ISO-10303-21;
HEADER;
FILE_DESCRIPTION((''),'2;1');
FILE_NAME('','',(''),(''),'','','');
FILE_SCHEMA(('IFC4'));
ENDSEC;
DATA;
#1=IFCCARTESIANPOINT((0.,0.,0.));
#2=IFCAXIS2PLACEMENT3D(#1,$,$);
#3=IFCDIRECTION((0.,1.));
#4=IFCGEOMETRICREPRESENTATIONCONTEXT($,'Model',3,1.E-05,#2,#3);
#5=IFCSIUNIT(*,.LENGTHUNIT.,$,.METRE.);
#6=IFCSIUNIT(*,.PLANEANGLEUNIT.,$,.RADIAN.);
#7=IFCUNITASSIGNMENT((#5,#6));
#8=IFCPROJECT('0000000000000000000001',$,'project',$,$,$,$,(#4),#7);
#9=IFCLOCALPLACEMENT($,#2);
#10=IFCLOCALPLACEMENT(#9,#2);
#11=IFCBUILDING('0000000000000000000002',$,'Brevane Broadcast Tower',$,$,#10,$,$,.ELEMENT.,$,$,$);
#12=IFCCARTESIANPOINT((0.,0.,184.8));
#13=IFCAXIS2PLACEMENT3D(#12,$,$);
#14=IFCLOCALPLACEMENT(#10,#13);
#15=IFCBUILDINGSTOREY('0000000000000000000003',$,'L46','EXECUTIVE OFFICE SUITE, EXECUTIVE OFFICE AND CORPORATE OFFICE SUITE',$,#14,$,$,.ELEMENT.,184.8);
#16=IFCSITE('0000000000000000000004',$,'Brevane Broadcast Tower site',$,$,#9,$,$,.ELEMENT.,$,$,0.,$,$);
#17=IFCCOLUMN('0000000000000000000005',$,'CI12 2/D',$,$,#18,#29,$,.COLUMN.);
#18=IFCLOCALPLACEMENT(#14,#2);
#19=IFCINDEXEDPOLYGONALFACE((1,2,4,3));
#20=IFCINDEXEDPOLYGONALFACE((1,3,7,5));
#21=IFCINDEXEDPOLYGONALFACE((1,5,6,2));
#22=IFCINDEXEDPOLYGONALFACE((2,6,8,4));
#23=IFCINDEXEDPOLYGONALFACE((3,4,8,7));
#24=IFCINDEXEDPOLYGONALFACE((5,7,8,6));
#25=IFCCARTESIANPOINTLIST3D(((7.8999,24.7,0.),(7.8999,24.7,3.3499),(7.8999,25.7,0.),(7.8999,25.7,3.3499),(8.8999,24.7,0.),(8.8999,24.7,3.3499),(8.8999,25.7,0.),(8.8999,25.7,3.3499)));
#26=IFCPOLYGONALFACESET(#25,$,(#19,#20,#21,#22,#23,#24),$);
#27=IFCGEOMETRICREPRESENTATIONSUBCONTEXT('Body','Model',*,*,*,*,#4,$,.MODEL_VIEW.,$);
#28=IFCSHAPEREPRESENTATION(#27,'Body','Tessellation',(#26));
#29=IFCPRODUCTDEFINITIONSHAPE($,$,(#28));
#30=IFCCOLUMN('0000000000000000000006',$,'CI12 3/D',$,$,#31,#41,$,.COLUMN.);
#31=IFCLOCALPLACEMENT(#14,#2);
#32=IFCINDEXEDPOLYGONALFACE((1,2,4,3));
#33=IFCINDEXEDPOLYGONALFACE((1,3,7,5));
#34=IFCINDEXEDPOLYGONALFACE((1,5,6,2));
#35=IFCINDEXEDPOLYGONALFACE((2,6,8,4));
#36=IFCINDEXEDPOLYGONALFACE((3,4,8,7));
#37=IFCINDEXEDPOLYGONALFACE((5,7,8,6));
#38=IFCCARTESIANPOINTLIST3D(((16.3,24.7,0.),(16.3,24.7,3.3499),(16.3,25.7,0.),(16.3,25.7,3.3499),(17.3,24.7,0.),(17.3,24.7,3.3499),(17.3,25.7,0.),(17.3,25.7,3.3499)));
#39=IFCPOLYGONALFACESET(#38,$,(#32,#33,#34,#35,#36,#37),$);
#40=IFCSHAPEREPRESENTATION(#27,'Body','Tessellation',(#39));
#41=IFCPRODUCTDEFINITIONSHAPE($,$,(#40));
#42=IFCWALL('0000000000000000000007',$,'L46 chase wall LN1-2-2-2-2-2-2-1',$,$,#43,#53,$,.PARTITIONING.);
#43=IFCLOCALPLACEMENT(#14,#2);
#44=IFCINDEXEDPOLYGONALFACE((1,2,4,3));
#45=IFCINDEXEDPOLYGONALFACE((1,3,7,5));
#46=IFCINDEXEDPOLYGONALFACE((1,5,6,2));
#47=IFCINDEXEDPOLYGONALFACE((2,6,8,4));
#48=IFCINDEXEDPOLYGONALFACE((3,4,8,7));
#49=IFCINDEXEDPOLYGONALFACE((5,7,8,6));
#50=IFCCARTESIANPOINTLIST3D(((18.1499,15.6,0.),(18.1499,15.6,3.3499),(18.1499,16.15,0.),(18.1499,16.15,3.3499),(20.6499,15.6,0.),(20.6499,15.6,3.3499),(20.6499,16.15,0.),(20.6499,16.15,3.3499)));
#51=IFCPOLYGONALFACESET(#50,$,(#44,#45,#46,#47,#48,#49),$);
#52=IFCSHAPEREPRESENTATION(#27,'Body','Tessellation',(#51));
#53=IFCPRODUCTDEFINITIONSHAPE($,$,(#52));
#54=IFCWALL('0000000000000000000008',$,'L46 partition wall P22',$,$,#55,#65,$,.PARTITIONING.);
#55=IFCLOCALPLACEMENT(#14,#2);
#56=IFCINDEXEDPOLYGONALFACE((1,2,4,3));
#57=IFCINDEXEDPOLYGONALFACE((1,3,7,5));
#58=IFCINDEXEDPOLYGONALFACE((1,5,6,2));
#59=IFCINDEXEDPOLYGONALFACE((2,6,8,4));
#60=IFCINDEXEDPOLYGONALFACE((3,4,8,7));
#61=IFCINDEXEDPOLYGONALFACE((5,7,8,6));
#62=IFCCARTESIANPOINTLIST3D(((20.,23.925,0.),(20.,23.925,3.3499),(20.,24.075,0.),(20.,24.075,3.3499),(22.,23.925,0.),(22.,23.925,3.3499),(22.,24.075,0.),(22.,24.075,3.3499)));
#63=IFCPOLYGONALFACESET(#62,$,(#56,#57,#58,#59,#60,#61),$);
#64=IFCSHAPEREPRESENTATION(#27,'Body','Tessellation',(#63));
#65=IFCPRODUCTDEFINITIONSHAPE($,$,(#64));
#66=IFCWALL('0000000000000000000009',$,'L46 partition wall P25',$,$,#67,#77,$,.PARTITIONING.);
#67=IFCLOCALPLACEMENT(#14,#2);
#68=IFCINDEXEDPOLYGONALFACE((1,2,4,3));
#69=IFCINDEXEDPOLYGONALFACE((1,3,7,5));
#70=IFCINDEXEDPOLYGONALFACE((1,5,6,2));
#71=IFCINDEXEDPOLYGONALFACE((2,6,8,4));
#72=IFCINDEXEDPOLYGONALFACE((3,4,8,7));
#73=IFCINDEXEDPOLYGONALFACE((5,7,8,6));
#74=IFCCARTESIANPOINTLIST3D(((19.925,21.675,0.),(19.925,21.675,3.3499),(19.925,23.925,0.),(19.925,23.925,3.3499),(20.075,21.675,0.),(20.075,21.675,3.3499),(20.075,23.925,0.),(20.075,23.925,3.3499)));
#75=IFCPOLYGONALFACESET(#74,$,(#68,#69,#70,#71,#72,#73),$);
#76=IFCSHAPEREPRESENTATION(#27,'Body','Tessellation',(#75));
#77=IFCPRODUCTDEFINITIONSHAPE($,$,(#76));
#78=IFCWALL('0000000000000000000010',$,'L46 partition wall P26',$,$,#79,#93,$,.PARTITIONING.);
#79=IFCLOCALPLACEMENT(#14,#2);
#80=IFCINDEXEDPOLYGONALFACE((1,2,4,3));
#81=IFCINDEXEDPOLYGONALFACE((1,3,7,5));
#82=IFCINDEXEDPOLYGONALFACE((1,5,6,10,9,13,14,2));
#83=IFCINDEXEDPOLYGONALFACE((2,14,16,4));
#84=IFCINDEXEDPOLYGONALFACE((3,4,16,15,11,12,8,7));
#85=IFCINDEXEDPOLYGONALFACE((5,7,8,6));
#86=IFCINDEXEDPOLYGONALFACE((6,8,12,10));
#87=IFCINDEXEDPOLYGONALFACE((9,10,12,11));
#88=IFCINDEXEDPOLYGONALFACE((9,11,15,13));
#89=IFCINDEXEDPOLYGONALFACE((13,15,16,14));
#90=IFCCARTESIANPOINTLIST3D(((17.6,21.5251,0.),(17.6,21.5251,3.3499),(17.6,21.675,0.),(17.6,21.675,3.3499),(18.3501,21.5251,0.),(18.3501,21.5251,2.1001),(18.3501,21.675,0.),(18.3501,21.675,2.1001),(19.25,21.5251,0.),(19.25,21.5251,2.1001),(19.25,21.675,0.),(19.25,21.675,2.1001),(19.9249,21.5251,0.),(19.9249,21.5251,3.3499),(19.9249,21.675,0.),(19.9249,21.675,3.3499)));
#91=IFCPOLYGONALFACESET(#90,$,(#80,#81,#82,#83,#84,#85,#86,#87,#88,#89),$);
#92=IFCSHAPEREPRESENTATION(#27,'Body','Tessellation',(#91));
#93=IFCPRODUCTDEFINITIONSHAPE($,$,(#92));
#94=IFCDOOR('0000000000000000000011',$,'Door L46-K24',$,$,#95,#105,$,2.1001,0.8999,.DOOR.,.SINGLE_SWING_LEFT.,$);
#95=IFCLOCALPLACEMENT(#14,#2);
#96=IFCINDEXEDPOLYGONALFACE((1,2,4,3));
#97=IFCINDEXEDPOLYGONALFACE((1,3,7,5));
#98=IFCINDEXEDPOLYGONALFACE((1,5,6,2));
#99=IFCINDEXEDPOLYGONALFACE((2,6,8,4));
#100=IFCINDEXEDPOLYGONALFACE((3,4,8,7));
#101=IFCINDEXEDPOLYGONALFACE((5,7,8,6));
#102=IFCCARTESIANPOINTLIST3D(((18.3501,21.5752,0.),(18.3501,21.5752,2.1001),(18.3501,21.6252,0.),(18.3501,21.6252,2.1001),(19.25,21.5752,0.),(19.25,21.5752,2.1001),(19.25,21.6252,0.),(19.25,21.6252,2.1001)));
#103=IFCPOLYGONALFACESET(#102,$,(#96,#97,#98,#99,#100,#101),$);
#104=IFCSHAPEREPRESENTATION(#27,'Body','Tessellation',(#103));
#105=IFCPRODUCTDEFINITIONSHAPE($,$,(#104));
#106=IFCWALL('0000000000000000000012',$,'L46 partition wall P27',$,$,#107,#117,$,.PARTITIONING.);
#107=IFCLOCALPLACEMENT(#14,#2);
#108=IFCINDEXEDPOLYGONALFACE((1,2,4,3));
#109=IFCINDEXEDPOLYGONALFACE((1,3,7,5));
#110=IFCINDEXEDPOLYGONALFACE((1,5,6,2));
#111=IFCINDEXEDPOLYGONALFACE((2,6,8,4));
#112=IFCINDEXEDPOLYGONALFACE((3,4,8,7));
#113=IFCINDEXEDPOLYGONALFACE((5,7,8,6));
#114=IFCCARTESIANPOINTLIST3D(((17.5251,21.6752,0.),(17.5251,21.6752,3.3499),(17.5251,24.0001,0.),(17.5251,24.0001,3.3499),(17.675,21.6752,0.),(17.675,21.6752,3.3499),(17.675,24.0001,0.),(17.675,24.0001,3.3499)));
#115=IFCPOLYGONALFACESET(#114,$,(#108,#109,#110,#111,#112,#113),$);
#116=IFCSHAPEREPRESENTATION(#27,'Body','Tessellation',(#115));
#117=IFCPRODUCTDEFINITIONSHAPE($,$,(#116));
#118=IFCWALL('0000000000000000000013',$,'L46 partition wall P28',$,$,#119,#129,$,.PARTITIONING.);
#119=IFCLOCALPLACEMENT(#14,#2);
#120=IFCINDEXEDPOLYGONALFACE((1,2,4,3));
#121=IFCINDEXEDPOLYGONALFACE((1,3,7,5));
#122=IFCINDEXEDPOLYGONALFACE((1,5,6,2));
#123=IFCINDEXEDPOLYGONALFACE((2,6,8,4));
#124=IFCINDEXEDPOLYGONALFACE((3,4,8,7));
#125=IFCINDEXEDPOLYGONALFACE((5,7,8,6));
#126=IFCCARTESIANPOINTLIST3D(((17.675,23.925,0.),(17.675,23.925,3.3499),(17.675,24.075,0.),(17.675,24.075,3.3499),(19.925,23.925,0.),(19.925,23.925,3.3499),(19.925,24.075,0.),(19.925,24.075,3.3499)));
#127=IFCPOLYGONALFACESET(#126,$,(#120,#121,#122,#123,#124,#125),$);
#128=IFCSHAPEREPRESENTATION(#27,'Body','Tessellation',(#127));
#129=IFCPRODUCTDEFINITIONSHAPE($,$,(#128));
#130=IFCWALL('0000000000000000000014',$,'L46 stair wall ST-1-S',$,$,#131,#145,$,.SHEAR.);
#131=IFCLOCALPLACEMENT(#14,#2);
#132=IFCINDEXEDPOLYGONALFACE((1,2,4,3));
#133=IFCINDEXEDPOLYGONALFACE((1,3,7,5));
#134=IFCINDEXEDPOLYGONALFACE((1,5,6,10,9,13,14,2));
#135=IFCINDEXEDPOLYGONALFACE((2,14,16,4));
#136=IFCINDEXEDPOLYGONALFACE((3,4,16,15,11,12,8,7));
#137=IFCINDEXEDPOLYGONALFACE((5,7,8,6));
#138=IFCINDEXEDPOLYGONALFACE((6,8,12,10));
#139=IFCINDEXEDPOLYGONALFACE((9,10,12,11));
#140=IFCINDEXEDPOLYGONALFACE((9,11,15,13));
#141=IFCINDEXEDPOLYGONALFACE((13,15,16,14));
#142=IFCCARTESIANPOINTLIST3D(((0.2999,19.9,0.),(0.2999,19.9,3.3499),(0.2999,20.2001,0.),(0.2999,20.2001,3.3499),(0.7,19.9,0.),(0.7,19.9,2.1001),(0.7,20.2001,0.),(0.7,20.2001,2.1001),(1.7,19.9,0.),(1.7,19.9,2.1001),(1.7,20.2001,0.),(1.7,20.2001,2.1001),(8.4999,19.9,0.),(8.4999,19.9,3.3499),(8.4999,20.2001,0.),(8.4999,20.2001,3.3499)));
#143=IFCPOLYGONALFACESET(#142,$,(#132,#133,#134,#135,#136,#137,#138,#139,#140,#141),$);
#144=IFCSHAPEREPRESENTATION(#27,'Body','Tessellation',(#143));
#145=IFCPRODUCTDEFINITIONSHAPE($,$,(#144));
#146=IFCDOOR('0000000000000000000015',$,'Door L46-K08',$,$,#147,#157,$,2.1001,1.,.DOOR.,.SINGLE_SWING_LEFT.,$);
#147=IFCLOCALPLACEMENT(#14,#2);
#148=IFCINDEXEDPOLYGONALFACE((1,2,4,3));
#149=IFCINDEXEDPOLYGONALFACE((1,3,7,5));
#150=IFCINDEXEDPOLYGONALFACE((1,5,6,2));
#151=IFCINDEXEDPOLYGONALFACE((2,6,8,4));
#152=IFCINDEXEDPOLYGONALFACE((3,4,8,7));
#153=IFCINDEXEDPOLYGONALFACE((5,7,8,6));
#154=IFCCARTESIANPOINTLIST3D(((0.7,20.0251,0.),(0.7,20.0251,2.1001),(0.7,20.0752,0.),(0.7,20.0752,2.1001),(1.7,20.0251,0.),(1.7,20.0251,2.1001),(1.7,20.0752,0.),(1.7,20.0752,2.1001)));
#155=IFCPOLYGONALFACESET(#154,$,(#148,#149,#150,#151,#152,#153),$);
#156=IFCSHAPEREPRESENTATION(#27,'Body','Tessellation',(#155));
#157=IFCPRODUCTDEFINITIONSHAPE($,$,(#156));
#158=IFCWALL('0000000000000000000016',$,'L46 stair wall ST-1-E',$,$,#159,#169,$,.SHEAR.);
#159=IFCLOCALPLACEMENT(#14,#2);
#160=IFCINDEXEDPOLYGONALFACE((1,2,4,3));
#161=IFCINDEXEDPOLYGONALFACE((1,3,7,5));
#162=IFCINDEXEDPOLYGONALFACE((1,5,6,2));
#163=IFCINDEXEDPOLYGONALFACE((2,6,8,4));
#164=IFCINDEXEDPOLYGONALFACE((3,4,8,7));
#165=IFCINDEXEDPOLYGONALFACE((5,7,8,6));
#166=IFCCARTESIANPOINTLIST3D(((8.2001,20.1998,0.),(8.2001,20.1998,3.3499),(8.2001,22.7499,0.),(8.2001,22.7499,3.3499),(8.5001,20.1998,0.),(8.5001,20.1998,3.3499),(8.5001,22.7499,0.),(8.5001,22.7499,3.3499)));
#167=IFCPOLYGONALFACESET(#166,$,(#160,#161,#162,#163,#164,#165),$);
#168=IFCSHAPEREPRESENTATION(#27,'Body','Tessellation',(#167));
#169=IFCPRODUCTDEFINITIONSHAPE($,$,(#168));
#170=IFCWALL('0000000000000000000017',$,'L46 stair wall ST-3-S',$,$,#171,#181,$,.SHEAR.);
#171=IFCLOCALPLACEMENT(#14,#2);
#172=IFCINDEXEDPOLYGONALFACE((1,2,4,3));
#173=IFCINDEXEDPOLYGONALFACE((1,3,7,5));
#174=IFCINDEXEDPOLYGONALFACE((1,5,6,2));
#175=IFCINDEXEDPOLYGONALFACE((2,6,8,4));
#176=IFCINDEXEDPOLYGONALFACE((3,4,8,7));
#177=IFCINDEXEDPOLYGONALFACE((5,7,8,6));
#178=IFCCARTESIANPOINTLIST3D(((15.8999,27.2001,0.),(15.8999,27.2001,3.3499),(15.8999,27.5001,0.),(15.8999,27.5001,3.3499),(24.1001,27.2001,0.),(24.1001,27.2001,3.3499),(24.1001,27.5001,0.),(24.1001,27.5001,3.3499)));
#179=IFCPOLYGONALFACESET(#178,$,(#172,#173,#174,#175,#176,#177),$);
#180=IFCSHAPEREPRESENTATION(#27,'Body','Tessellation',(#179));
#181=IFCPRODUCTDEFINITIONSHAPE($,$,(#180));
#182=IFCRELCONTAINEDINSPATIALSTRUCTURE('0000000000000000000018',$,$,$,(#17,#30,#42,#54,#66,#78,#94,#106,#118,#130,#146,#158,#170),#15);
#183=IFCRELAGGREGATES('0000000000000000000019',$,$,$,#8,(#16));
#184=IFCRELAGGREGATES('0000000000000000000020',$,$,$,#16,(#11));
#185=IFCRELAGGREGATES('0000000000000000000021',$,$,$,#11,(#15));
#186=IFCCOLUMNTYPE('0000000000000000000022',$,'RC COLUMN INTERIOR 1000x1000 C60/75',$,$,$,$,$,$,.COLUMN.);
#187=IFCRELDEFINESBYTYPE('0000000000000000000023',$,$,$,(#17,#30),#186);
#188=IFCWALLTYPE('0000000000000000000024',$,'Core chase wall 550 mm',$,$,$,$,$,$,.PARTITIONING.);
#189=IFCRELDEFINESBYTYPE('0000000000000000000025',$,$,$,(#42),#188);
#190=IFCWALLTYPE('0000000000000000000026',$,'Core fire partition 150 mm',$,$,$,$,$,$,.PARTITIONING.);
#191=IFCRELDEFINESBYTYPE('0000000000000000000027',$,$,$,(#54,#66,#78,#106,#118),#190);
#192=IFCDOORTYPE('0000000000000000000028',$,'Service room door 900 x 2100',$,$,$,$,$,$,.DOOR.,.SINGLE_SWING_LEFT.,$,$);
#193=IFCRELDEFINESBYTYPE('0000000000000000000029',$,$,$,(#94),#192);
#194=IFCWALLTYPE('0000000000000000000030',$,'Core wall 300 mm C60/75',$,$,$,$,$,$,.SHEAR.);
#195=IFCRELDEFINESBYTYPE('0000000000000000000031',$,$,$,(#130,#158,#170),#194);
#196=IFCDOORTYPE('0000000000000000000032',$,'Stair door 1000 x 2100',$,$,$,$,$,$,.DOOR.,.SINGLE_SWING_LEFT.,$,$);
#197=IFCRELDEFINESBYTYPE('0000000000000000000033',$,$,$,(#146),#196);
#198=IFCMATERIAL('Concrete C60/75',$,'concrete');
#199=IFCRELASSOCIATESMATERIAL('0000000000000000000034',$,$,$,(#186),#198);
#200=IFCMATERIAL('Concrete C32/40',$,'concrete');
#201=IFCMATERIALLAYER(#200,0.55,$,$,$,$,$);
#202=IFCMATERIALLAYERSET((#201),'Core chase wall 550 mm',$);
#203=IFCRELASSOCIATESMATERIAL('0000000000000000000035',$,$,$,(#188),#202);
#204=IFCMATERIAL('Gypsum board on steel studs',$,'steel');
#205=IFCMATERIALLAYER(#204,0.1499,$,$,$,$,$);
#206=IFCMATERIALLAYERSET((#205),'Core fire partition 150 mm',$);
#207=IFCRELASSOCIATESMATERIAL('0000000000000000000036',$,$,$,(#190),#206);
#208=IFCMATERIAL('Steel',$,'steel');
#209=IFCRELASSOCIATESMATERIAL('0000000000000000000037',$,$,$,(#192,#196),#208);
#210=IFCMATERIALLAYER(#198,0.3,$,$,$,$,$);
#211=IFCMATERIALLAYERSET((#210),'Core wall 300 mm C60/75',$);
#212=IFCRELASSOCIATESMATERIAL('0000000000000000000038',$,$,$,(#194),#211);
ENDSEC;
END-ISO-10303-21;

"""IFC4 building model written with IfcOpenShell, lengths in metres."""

from ifc_helpers import new_model, si_unit, direction, frame, frame_2d, origin, origin_2d, place, context, subcontext, project, spatial, rectangle, extrude, material, layer, layer_set, material_profile, profile_set, type_object, element, fill, save


model = new_model("IFC4")

# Units and contexts
model_context = context("Model", 3, precision=1e-05, world=origin(), true_north=direction((0.0, 1.0)))
body_context = subcontext(model_context, "Body", "Model", "MODEL_VIEW")
ifc_project = project(units=[si_unit("LENGTHUNIT", "METRE"), si_unit("PLANEANGLEUNIT", "RADIAN")], contexts=[model_context])

# Site, building, storey
site_placement = place(None, origin())
site = spatial("IfcSite", under=ifc_project, at=site_placement, Name="Brevane Broadcast Tower site", CompositionType="ELEMENT", RefElevation=0.0)
building_placement = place(site_placement, origin())
building = spatial("IfcBuilding", under=site, at=building_placement, Name="Brevane Broadcast Tower", CompositionType="ELEMENT")
storey_placement = place(building_placement, frame((0.0, 0.0, 184.8)))
storey = spatial("IfcBuildingStorey", under=building, at=storey_placement, Name="L46", Description="EXECUTIVE OFFICE SUITE, EXECUTIVE OFFICE AND CORPORATE OFFICE SUITE", CompositionType="ELEMENT", Elevation=184.8)

# Columns
ifc_material_1 = material(Name="Concrete C60/75", Category="concrete")
ifc_material_profile = material_profile(ifc_material_1, rectangle(XDim=1.0, YDim=1.0, at=origin_2d()), Name="RC 1000x1000")
ifc_profile_set = profile_set([ifc_material_profile], Name="Concrete C60/75")
column_type = type_object("IfcColumnType", Name="RC COLUMN INTERIOR 1000x1000 C60/75", PredefinedType="COLUMN", material=ifc_profile_set)
for number, where, z_axis, x_axis, name in (
    (1, (8.3999, 25.2, 0.0), (0.0, 0.0, 1.0), (1.0, 0.0, 0.0), "CI12 2/D"),
    (2, (16.8, 25.2, 0.0), (0.0, 0.0, 1.0), (1.0, 0.0, 0.0), "CI12 3/D"),
):
    element("IfcColumn", number, at=place(storey_placement, frame(where, z_axis=z_axis, x_axis=x_axis)), inside=storey, type_object=column_type, Name=name, PredefinedType="COLUMN", context=body_context, shape_type="SweptSolid", body=[
        extrude(rectangle(XDim=1.0, YDim=1.0, at=origin_2d()), origin(), (0.0, 0.0, 1.0), 3.3499),
    ])

# Walls
ifc_material_2 = material(Name="Concrete C32/40", Category="concrete")
ifc_layer_1 = layer(ifc_material_2, 0.55)
ifc_layer_set_1 = layer_set([ifc_layer_1], Name="Core chase wall 550 mm")
wall_type_1 = type_object("IfcWallType", Name="Core chase wall 550 mm", PredefinedType="PARTITIONING", material=ifc_layer_set_1)
wall_1_placement = place(storey_placement, frame((18.1499, 15.875, 0.0), z_axis=(0.0, 0.0, 1.0), x_axis=(1.0, 0.0, 0.0)))
element("IfcWall", 3, at=wall_1_placement, inside=storey, type_object=wall_type_1, Name="L46 chase wall LN1-2-2-2-2-2-2-1", PredefinedType="PARTITIONING", context=body_context, shape_type="SweptSolid", body=[
    extrude(rectangle(XDim=2.5, YDim=0.55, at=frame_2d((1.25, 0.0))), origin(), (0.0, 0.0, 1.0), 3.3499),
])
ifc_material_3 = material(Name="Gypsum board on steel studs", Category="steel")
ifc_layer_2 = layer(ifc_material_3, 0.1499)
ifc_layer_set_2 = layer_set([ifc_layer_2], Name="Core fire partition 150 mm")
wall_type_2 = type_object("IfcWallType", Name="Core fire partition 150 mm", PredefinedType="PARTITIONING", material=ifc_layer_set_2)
wall_2_placement = place(storey_placement, frame((20.0, 24.0, 0.0), z_axis=(0.0, 0.0, 1.0), x_axis=(1.0, 0.0, 0.0)))
element("IfcWall", 4, at=wall_2_placement, inside=storey, type_object=wall_type_2, Name="L46 partition wall P22", PredefinedType="PARTITIONING", context=body_context, shape_type="SweptSolid", body=[
    extrude(rectangle(XDim=2.0, YDim=0.1499, at=frame_2d((1.0, 0.0))), origin(), (0.0, 0.0, 1.0), 3.3499),
])
wall_3_placement = place(storey_placement, frame((20.0, 21.675, 0.0), z_axis=(0.0, 0.0, 1.0), x_axis=(0.0, 1.0, 0.0)))
element("IfcWall", 5, at=wall_3_placement, inside=storey, type_object=wall_type_2, Name="L46 partition wall P25", PredefinedType="PARTITIONING", context=body_context, shape_type="SweptSolid", body=[
    extrude(rectangle(XDim=2.25, YDim=0.1499, at=frame_2d((1.125, 0.0))), origin(), (0.0, 0.0, 1.0), 3.3499),
])

# Wall, opening, door
wall_4_placement = place(storey_placement, frame((19.925, 21.6001, 0.0), z_axis=(0.0, 0.0, 1.0), x_axis=(-1.0, 0.0, 0.0)))
wall_4 = element("IfcWall", 6, at=wall_4_placement, inside=storey, type_object=wall_type_2, Name="L46 partition wall P26", PredefinedType="PARTITIONING", context=body_context, shape_type="SweptSolid", body=[
    extrude(rectangle(XDim=2.325, YDim=0.1499, at=frame_2d((1.1626, 0.0))), origin(), (0.0, 0.0, 1.0), 3.3499),
])
opening_1_placement = place(wall_4_placement, frame((0.675, 0.0, 0.0)))
opening_1 = element("IfcOpeningElement", 7, at=opening_1_placement, cuts=wall_4, PredefinedType="OPENING", context=body_context, shape_type="SweptSolid", body=[
    extrude(rectangle(XDim=0.8999, YDim=2.1001, at=frame_2d((0.45, 1.05))), frame((0.0, 0.085, 0.0), z_axis=(0.0, -1.0, 0.0), x_axis=(1.0, 0.0, 0.0)), (0.0, 0.0, 1.0), 0.1699),
])
ifc_material_4 = material(Name="Steel", Category="steel")
door_type_1 = type_object("IfcDoorType", Name="Service room door 900 x 2100", OperationType="SINGLE_SWING_LEFT", PredefinedType="DOOR", material=ifc_material_4)
door_1_placement = place(opening_1_placement, origin())
door_1 = element("IfcDoor", 8, at=door_1_placement, inside=storey, type_object=door_type_1, Name="Door L46-K24", OperationType="SINGLE_SWING_LEFT", OverallHeight=2.1001, OverallWidth=0.8999, PredefinedType="DOOR", context=body_context, shape_type="SweptSolid", body=[
    extrude(rectangle(XDim=0.8999, YDim=2.1001, at=frame_2d((0.45, 1.05))), frame((0.0, 0.0249, 0.0), z_axis=(0.0, -1.0, 0.0), x_axis=(1.0, 0.0, 0.0)), (0.0, 0.0, 1.0), 0.05),
])
fill(opening_1, door_1)

# Walls
wall_5_placement = place(storey_placement, frame((17.6001, 21.675, 0.0), z_axis=(0.0, 0.0, 1.0), x_axis=(0.0, 1.0, 0.0)))
element("IfcWall", 9, at=wall_5_placement, inside=storey, type_object=wall_type_2, Name="L46 partition wall P27", PredefinedType="PARTITIONING", context=body_context, shape_type="SweptSolid", body=[
    extrude(rectangle(XDim=2.325, YDim=0.1499, at=frame_2d((1.1626, 0.0))), origin(), (0.0, 0.0, 1.0), 3.3499),
])
wall_6_placement = place(storey_placement, frame((17.675, 24.0, 0.0), z_axis=(0.0, 0.0, 1.0), x_axis=(1.0, 0.0, 0.0)))
element("IfcWall", 10, at=wall_6_placement, inside=storey, type_object=wall_type_2, Name="L46 partition wall P28", PredefinedType="PARTITIONING", context=body_context, shape_type="SweptSolid", body=[
    extrude(rectangle(XDim=2.25, YDim=0.1499, at=frame_2d((1.125, 0.0))), origin(), (0.0, 0.0, 1.0), 3.3499),
])

# Wall, opening, door
ifc_layer_3 = layer(ifc_material_1, 0.3)
ifc_layer_set_3 = layer_set([ifc_layer_3], Name="Core wall 300 mm C60/75")
wall_type_3 = type_object("IfcWallType", Name="Core wall 300 mm C60/75", PredefinedType="SHEAR", material=ifc_layer_set_3)
wall_7_placement = place(storey_placement, frame((8.5, 20.05, 0.0), z_axis=(0.0, 0.0, 1.0), x_axis=(-1.0, 0.0, 0.0)))
wall_7 = element("IfcWall", 11, at=wall_7_placement, inside=storey, type_object=wall_type_3, Name="L46 stair wall ST-1-S", PredefinedType="SHEAR", context=body_context, shape_type="SweptSolid", body=[
    extrude(rectangle(XDim=8.2, YDim=0.3, at=frame_2d((4.1001, 0.0))), origin(), (0.0, 0.0, 1.0), 3.3499),
])
opening_2_placement = place(wall_7_placement, frame((6.8, 0.0, 0.0)))
opening_2 = element("IfcOpeningElement", 12, at=opening_2_placement, cuts=wall_7, PredefinedType="OPENING", context=body_context, shape_type="SweptSolid", body=[
    extrude(rectangle(XDim=1.0, YDim=2.1001, at=frame_2d((0.5, 1.05))), frame((0.0, 0.1599, 0.0), z_axis=(0.0, -1.0, 0.0), x_axis=(1.0, 0.0, 0.0)), (0.0, 0.0, 1.0), 0.3201),
])
door_type_2 = type_object("IfcDoorType", Name="Stair door 1000 x 2100", OperationType="SINGLE_SWING_LEFT", PredefinedType="DOOR", material=ifc_material_4)
door_2_placement = place(opening_2_placement, origin())
door_2 = element("IfcDoor", 13, at=door_2_placement, inside=storey, type_object=door_type_2, Name="Door L46-K08", OperationType="SINGLE_SWING_LEFT", OverallHeight=2.1001, OverallWidth=1.0, PredefinedType="DOOR", context=body_context, shape_type="SweptSolid", body=[
    extrude(rectangle(XDim=1.0, YDim=2.1001, at=frame_2d((0.5, 1.05))), frame((0.0, 0.0249, 0.0), z_axis=(0.0, -1.0, 0.0), x_axis=(1.0, 0.0, 0.0)), (0.0, 0.0, 1.0), 0.05),
])
fill(opening_2, door_2)

# Walls
wall_8_placement = place(storey_placement, frame((8.3501, 20.2, 0.0), z_axis=(0.0, 0.0, 1.0), x_axis=(0.0, 1.0, 0.0)))
element("IfcWall", 14, at=wall_8_placement, inside=storey, type_object=wall_type_3, Name="L46 stair wall ST-1-E", PredefinedType="SHEAR", context=body_context, shape_type="SweptSolid", body=[
    extrude(rectangle(XDim=2.55, YDim=0.3, at=frame_2d((1.2749, 0.0))), origin(), (0.0, 0.0, 1.0), 3.3499),
])
wall_9_placement = place(storey_placement, frame((15.8999, 27.3501, 0.0), z_axis=(0.0, 0.0, 1.0), x_axis=(1.0, 0.0, 0.0)))
element("IfcWall", 15, at=wall_9_placement, inside=storey, type_object=wall_type_3, Name="L46 stair wall ST-3-S", PredefinedType="SHEAR", context=body_context, shape_type="SweptSolid", body=[
    extrude(rectangle(XDim=8.2002, YDim=0.3, at=frame_2d((4.1001, 0.0))), origin(), (0.0, 0.0, 1.0), 3.3499),
])

save(model, "model.ifc")
